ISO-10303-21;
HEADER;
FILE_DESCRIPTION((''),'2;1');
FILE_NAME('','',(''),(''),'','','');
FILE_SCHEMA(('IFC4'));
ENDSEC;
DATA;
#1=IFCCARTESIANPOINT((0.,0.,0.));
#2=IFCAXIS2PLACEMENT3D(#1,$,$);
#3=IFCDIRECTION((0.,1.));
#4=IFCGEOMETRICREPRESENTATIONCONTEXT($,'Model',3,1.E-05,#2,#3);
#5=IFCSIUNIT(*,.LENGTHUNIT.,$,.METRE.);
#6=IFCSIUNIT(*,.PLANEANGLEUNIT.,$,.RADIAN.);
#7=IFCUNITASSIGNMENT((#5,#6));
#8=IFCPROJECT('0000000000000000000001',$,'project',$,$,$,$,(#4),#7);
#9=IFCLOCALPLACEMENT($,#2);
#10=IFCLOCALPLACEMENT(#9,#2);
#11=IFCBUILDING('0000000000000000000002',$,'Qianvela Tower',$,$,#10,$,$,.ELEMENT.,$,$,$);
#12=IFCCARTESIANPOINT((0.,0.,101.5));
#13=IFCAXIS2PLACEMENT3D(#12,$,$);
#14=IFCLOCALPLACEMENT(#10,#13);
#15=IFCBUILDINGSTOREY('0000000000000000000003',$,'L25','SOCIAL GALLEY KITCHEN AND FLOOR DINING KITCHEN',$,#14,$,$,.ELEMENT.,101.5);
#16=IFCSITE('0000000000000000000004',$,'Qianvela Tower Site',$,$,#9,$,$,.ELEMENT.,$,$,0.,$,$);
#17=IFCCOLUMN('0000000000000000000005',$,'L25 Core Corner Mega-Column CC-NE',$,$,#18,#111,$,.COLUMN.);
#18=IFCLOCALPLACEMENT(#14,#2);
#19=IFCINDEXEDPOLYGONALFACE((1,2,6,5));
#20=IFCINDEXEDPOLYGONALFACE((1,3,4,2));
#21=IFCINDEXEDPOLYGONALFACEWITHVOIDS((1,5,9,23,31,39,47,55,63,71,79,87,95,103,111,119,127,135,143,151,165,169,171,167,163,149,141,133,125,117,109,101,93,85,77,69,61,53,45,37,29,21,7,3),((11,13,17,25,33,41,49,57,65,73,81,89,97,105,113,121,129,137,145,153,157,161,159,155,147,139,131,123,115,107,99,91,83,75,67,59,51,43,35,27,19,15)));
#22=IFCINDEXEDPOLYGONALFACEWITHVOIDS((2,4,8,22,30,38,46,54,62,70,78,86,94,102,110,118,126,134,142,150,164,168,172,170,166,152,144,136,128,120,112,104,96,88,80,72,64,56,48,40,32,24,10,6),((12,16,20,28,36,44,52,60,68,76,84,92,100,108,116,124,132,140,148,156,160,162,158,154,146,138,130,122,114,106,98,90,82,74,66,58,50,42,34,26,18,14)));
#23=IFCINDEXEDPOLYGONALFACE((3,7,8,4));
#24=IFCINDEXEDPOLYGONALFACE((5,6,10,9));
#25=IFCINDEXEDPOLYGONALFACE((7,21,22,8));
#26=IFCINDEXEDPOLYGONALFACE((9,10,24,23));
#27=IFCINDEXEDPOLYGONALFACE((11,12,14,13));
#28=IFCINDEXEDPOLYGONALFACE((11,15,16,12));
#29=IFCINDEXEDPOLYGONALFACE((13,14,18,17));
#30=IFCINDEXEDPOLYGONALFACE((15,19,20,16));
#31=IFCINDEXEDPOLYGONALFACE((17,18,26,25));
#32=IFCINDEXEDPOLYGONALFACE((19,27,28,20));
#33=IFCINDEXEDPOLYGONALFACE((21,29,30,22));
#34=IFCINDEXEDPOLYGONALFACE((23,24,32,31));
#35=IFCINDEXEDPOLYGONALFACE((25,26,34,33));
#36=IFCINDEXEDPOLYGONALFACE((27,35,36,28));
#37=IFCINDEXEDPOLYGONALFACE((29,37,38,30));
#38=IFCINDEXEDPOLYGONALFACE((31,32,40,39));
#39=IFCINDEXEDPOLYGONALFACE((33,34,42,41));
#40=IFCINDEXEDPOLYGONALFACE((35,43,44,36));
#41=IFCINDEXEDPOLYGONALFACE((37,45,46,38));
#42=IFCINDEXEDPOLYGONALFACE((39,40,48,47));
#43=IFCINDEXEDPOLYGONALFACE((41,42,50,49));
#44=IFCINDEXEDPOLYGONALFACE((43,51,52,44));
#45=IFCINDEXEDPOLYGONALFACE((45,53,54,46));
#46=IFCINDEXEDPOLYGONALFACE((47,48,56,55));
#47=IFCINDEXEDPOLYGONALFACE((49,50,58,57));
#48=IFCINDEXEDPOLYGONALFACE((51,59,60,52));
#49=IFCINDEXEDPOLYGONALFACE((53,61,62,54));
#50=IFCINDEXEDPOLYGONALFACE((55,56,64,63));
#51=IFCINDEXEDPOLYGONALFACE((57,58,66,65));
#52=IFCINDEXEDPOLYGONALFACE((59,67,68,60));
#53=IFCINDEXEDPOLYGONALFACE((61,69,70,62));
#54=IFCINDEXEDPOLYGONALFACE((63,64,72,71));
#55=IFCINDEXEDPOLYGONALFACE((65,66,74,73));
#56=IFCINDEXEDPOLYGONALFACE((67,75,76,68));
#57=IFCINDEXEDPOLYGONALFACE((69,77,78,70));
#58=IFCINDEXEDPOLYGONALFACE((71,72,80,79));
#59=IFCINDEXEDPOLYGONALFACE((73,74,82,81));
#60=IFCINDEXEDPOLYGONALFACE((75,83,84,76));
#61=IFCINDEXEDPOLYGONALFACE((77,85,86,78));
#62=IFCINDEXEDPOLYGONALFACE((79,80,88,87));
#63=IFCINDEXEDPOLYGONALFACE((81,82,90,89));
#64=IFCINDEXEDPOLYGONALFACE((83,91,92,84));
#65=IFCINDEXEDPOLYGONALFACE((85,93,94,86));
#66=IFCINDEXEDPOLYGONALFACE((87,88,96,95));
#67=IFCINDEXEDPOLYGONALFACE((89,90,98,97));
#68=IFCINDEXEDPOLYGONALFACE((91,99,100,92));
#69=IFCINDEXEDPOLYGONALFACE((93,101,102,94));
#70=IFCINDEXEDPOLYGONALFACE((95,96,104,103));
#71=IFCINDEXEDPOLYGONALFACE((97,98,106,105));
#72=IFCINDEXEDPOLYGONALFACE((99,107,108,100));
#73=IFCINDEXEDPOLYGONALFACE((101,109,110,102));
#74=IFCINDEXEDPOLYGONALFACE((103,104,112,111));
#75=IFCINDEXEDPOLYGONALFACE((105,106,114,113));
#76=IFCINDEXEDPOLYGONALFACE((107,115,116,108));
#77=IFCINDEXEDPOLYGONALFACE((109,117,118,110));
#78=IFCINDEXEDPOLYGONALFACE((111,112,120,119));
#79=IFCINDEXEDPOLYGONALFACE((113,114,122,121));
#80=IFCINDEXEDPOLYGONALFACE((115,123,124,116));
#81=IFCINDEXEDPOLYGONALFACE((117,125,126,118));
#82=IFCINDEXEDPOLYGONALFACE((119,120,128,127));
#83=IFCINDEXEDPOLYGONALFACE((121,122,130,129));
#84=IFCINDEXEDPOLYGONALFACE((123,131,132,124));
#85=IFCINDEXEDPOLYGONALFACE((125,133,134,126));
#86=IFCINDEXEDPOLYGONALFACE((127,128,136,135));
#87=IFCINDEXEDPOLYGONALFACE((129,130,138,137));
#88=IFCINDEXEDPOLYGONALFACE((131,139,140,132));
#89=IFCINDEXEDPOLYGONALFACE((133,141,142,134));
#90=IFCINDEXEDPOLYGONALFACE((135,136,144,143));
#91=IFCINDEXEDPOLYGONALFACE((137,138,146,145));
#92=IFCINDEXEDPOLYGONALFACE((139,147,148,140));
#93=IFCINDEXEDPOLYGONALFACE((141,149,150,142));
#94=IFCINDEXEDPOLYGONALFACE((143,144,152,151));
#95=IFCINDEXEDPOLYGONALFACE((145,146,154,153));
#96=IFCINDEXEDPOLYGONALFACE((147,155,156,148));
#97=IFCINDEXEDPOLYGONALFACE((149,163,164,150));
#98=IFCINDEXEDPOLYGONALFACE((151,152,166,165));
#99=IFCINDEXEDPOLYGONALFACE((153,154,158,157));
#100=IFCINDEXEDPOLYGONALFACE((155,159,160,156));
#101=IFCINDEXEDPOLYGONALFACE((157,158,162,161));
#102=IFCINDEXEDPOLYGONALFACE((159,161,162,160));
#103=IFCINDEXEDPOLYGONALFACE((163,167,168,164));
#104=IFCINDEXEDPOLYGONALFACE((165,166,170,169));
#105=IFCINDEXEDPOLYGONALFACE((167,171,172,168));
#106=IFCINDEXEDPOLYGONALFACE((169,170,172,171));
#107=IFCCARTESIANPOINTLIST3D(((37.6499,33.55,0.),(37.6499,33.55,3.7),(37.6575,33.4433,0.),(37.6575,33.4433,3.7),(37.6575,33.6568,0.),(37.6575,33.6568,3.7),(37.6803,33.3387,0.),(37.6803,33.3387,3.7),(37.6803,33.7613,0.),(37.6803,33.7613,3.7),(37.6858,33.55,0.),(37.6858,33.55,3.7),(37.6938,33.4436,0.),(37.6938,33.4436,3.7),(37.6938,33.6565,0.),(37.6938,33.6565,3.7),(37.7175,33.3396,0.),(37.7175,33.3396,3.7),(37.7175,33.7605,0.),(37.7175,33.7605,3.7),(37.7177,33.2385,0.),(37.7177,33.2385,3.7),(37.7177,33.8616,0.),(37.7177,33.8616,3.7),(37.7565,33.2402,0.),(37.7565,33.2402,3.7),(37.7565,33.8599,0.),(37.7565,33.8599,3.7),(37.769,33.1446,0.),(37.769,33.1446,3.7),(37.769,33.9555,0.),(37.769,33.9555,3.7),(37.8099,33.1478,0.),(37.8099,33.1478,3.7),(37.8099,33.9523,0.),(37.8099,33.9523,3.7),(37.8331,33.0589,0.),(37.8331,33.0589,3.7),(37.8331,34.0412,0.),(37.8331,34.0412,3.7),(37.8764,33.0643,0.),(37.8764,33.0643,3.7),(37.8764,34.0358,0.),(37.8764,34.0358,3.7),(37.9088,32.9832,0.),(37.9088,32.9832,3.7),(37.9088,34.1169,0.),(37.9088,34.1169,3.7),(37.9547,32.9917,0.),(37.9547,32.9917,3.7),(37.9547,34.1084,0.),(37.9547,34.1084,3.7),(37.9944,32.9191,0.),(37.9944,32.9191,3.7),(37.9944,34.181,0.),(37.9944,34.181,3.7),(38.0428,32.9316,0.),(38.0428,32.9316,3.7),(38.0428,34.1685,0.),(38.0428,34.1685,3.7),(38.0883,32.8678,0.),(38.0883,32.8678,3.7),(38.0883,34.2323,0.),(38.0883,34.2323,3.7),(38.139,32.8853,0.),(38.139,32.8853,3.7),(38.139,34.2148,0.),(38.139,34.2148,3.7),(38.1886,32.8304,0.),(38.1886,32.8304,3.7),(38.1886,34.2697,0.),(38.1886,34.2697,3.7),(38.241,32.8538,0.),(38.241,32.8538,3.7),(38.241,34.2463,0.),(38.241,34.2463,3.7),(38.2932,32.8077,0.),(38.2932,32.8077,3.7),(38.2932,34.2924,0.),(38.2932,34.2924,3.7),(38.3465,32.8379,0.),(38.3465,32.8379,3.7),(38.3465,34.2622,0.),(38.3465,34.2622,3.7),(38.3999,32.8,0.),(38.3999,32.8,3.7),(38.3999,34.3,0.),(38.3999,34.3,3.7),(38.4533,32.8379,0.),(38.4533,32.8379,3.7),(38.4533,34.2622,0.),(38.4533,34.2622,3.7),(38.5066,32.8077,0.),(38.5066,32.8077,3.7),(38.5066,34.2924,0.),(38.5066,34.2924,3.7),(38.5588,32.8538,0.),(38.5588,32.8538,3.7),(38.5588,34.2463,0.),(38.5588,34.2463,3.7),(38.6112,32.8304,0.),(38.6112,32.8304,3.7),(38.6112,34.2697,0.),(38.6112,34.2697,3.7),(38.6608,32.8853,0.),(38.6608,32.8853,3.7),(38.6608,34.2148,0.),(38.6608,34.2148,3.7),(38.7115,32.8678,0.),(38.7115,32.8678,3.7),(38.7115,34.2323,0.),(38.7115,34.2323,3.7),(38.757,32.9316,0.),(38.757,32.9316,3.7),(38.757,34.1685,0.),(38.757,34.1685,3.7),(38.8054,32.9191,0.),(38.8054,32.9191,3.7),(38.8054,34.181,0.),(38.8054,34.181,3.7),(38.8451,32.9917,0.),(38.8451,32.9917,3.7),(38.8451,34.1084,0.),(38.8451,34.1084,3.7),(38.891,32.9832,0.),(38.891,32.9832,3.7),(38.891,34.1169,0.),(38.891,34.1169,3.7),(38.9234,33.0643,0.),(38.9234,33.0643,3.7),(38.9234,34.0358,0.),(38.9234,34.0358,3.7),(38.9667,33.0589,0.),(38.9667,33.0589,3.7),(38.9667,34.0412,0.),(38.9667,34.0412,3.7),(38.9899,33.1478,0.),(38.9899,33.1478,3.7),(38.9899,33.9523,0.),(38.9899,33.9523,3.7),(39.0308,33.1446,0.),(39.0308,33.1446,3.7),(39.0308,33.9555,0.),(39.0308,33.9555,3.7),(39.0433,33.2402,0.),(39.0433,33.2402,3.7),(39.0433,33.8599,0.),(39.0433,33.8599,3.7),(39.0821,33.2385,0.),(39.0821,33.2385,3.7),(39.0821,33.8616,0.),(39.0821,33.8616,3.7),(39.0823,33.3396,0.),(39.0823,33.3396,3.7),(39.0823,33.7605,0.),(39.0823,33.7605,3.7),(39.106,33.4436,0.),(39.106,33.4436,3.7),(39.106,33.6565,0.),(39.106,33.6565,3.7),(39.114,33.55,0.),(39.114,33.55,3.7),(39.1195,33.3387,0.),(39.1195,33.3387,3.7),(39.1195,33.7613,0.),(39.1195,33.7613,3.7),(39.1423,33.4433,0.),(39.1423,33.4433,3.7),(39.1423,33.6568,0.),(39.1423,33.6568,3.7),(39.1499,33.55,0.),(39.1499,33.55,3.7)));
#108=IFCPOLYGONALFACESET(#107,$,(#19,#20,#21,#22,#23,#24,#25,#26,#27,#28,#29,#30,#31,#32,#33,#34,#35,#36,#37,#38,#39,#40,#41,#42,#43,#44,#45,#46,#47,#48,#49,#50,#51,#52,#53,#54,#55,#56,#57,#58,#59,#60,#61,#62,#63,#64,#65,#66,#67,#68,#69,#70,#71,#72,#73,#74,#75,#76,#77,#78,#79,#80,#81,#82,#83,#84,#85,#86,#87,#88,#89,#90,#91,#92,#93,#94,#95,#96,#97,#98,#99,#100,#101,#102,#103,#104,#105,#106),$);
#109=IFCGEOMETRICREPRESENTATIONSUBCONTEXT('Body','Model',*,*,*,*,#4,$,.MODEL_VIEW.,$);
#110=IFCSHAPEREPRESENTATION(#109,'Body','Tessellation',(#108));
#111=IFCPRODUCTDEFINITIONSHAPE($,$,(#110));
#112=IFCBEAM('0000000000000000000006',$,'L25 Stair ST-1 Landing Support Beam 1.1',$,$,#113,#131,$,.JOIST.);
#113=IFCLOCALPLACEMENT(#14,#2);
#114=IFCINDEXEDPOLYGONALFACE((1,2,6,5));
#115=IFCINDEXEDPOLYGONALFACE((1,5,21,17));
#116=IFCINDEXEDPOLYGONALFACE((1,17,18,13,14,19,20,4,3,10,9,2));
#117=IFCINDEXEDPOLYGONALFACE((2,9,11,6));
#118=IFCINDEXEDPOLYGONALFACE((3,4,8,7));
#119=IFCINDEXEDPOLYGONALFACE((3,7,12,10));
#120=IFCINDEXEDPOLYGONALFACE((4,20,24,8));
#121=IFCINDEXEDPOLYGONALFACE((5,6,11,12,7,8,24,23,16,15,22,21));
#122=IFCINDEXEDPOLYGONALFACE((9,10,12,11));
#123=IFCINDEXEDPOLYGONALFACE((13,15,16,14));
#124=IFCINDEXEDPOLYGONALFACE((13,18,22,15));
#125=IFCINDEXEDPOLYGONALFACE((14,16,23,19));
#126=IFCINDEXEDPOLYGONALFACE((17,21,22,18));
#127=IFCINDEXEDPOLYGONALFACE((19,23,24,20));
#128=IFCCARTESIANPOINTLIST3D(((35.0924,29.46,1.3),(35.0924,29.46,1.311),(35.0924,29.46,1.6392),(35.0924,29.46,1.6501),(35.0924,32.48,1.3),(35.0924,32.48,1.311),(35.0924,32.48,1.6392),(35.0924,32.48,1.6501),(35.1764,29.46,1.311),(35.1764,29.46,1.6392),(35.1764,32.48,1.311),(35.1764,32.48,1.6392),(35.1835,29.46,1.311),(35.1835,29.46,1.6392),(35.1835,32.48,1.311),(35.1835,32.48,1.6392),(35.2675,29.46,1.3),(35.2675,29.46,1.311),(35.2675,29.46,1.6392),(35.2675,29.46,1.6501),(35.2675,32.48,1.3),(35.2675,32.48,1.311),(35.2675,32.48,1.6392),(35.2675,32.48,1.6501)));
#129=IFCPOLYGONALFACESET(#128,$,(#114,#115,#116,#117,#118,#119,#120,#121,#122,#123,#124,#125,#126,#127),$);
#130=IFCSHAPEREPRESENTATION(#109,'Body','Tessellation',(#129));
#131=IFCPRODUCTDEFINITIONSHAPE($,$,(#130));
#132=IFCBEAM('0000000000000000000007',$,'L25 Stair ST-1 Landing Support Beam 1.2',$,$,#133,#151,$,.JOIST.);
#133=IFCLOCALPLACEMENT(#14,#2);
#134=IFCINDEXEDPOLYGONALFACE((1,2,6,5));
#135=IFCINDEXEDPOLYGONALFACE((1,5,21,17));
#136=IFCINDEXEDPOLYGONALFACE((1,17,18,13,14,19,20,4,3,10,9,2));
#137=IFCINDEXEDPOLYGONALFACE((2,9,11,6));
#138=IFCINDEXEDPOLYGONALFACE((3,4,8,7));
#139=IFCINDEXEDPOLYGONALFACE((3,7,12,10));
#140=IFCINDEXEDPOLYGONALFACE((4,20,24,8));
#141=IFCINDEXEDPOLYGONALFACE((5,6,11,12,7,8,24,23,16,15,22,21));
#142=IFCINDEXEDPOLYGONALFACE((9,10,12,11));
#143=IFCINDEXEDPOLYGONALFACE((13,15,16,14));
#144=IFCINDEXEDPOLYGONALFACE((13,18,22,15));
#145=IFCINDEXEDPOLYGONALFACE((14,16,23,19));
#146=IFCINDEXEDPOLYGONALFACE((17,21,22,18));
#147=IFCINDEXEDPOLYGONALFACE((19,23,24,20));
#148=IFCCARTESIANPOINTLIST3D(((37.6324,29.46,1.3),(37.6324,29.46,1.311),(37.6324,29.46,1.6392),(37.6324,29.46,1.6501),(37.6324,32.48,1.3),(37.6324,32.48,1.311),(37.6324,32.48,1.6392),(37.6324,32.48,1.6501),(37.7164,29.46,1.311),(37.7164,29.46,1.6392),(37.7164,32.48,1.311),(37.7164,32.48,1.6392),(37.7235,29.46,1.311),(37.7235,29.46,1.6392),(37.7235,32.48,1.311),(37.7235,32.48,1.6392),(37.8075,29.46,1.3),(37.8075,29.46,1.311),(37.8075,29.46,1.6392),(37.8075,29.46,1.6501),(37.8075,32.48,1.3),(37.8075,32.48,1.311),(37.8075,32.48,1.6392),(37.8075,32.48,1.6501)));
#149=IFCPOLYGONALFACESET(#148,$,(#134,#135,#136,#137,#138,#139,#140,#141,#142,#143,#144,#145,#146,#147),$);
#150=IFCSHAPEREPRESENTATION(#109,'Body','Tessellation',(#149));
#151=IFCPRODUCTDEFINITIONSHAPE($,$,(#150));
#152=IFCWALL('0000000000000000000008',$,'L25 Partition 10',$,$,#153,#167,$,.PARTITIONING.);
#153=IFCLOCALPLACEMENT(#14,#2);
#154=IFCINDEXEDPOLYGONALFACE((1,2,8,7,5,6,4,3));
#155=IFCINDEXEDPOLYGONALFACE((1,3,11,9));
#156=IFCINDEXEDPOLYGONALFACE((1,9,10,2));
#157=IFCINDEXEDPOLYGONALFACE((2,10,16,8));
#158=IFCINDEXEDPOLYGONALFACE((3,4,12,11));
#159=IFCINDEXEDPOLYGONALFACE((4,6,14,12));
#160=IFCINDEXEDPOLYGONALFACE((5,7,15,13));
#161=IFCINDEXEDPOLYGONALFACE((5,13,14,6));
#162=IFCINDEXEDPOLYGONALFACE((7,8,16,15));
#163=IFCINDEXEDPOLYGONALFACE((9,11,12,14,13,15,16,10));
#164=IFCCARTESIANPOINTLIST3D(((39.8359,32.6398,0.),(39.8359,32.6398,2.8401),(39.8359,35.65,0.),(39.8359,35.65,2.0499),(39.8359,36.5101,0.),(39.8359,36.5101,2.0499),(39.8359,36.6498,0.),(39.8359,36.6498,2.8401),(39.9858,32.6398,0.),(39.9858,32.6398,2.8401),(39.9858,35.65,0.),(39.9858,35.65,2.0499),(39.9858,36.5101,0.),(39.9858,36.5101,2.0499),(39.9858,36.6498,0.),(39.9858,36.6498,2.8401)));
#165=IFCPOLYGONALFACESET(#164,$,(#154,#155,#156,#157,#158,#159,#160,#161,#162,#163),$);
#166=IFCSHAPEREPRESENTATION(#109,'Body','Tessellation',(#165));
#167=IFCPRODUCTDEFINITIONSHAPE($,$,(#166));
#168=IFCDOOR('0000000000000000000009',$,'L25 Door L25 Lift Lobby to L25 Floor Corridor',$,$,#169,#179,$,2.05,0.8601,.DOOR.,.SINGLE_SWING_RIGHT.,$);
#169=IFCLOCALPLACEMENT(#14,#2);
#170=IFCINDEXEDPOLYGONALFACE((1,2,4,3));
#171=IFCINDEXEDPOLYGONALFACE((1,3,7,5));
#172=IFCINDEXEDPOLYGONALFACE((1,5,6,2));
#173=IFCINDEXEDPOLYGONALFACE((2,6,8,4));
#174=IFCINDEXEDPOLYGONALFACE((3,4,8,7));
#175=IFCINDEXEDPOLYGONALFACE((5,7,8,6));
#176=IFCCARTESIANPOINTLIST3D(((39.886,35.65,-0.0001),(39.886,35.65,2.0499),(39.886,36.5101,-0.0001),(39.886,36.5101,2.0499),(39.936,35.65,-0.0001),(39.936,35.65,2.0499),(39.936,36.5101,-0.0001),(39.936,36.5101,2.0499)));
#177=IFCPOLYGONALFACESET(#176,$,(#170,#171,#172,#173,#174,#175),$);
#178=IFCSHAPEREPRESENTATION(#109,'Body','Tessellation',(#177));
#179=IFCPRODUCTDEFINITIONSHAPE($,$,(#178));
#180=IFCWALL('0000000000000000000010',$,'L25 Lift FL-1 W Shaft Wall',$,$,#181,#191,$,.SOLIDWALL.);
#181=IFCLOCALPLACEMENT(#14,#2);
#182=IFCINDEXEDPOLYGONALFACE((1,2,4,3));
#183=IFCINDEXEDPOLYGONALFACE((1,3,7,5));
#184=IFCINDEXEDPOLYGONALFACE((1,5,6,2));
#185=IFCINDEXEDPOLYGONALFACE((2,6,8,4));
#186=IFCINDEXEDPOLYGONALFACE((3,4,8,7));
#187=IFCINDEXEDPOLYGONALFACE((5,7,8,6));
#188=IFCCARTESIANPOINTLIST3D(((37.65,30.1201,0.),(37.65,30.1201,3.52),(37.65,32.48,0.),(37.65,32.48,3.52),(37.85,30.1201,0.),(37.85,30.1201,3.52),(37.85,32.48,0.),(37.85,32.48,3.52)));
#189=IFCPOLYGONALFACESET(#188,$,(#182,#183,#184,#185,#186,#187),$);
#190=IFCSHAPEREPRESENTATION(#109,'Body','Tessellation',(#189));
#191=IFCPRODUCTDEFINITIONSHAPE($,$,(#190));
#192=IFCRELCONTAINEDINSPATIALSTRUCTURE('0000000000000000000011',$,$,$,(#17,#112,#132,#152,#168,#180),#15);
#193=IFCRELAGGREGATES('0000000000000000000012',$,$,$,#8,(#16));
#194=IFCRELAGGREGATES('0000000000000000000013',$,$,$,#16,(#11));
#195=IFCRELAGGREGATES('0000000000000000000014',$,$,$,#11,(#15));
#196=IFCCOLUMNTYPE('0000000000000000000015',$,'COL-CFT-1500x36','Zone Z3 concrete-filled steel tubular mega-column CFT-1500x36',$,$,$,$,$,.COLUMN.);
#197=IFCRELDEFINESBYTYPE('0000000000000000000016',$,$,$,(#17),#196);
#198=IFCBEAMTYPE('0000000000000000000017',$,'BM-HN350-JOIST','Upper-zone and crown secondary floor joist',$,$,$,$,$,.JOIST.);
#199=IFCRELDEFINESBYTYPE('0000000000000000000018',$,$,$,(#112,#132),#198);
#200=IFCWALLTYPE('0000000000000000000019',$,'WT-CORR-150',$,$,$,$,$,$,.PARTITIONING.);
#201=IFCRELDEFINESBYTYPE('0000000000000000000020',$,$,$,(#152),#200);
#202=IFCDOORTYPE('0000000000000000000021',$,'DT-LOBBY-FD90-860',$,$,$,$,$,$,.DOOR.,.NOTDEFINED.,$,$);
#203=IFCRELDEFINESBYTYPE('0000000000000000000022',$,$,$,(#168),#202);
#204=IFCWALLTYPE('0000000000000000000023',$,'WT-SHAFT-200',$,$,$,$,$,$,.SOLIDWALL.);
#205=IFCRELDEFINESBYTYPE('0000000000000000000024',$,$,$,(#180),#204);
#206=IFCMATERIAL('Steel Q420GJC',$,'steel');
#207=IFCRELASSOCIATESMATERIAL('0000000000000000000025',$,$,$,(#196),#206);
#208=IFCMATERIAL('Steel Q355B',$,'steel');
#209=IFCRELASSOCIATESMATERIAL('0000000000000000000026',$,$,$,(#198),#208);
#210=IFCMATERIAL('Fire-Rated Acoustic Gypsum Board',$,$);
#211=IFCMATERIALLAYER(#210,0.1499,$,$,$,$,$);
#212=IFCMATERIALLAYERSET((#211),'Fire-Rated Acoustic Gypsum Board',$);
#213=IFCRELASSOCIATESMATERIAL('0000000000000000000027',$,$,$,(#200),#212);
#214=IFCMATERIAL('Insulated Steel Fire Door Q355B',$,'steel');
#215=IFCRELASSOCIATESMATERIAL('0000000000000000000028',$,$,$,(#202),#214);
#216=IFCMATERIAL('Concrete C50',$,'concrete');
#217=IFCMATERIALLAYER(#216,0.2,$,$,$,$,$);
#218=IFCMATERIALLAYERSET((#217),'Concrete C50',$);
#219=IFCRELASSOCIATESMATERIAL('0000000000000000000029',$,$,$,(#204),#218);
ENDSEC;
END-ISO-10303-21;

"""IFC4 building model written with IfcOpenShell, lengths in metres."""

from ifc_helpers import new_model, si_unit, direction, frame, frame_2d, origin, origin_2d, place, context, subcontext, project, spatial, rectangle, hollow_circle, i_section, extrude, material, layer, layer_set, material_profile, profile_set, type_object, element, fill, save


model = new_model("IFC4")

# Units and contexts
model_context = context("Model", 3, precision=1e-05, world=origin(), true_north=direction((0.0, 1.0)))
body_context = subcontext(model_context, "Body", "Model", "MODEL_VIEW")
ifc_project = project(units=[si_unit("LENGTHUNIT", "METRE"), si_unit("PLANEANGLEUNIT", "RADIAN")], contexts=[model_context])

# Site, building, storey
site_placement = place(None, origin())
site = spatial("IfcSite", under=ifc_project, at=site_placement, Name="Qianvela Tower Site", CompositionType="ELEMENT", RefElevation=0.0)
building_placement = place(site_placement, origin())
building = spatial("IfcBuilding", under=site, at=building_placement, Name="Qianvela Tower", CompositionType="ELEMENT")
storey_placement = place(building_placement, frame((0.0, 0.0, 101.5)))
storey = spatial("IfcBuildingStorey", under=building, at=storey_placement, Name="L25", Description="SOCIAL GALLEY KITCHEN AND FLOOR DINING KITCHEN", CompositionType="ELEMENT", Elevation=101.5)

# Column
ifc_material_1 = material(Name="Steel Q420GJC", Category="steel")
ifc_material_profile_1 = material_profile(ifc_material_1, hollow_circle(Radius=0.75, WallThickness=0.0359, at=origin_2d()), Name="CFT-1500x36")
ifc_profile_set_1 = profile_set([ifc_material_profile_1], Name="Steel Q420GJC")
column_type = type_object("IfcColumnType", Name="COL-CFT-1500x36", Description="Zone Z3 concrete-filled steel tubular mega-column CFT-1500x36", PredefinedType="COLUMN", material=ifc_profile_set_1)
column_placement = place(storey_placement, frame((38.3999, 33.55, 0.0), z_axis=(0.0, 0.0, 1.0), x_axis=(1.0, 0.0, 0.0)))
element("IfcColumn", 1, at=column_placement, inside=storey, type_object=column_type, Name="L25 Core Corner Mega-Column CC-NE", PredefinedType="COLUMN", context=body_context, shape_type="SweptSolid", body=[
    extrude(hollow_circle(Radius=0.75, WallThickness=0.0359, at=origin_2d()), origin(), (0.0, 0.0, 1.0), 3.7),
])

# Beams
ifc_material_2 = material(Name="Steel Q355B", Category="steel")
ifc_material_profile_2 = material_profile(ifc_material_2, i_section(OverallWidth=0.175, OverallDepth=0.3501, WebThickness=0.0071, FlangeThickness=0.011, at=origin_2d()), Name="HN350x175x7x11")
ifc_profile_set_2 = profile_set([ifc_material_profile_2], Name="Steel Q355B")
beam_type = type_object("IfcBeamType", Name="BM-HN350-JOIST", Description="Upper-zone and crown secondary floor joist", PredefinedType="JOIST", material=ifc_profile_set_2)
for number, where, z_axis, x_axis, name in (
    (2, (35.1799, 29.46, 1.4751), (0.0, 1.0, 0.0), (-1.0, 0.0, 0.0), "L25 Stair ST-1 Landing Support Beam 1.1"),
    (3, (37.72, 29.46, 1.4751), (0.0, 1.0, 0.0), (-1.0, 0.0, 0.0), "L25 Stair ST-1 Landing Support Beam 1.2"),
):
    element("IfcBeam", number, at=place(storey_placement, frame(where, z_axis=z_axis, x_axis=x_axis)), inside=storey, type_object=beam_type, Name=name, PredefinedType="JOIST", context=body_context, shape_type="SweptSolid", body=[
        extrude(i_section(OverallWidth=0.175, OverallDepth=0.3501, WebThickness=0.0071, FlangeThickness=0.011, at=origin_2d()), origin(), (0.0, 0.0, 1.0), 3.02),
    ])

# Wall, opening, door
ifc_material_3 = material(Name="Fire-Rated Acoustic Gypsum Board")
ifc_layer_1 = layer(ifc_material_3, 0.1499)
ifc_layer_set_1 = layer_set([ifc_layer_1], Name="Fire-Rated Acoustic Gypsum Board")
wall_type_1 = type_object("IfcWallType", Name="WT-CORR-150", PredefinedType="PARTITIONING", material=ifc_layer_set_1)
wall_1_placement = place(storey_placement, frame((39.9109, 32.6399, 0.0), z_axis=(0.0, 0.0, 1.0), x_axis=(0.0, 1.0, 0.0)))
wall_1 = element("IfcWall", 4, at=wall_1_placement, inside=storey, type_object=wall_type_1, Name="L25 Partition 10", PredefinedType="PARTITIONING", context=body_context, shape_type="SweptSolid", body=[
    extrude(rectangle(XDim=4.01, YDim=0.1499, at=frame_2d((2.0049, 0.0))), origin(), (0.0, 0.0, 1.0), 2.8401),
])
opening_1_placement = place(wall_1_placement, frame((3.01, 0.0, 0.0)))
opening_1 = element("IfcOpeningElement", 5, at=opening_1_placement, cuts=wall_1, PredefinedType="OPENING", context=body_context, shape_type="SweptSolid", body=[
    extrude(rectangle(XDim=0.8601, YDim=2.05, at=frame_2d((0.4302, 1.0249))), frame((0.0, 0.085, 0.0), z_axis=(0.0, -1.0, 0.0), x_axis=(1.0, 0.0, 0.0)), (0.0, 0.0, 1.0), 0.1699),
])
ifc_material_4 = material(Name="Insulated Steel Fire Door Q355B", Category="steel")
door_type_1 = type_object("IfcDoorType", Name="DT-LOBBY-FD90-860", OperationType="NOTDEFINED", PredefinedType="DOOR", material=ifc_material_4)
door_1_placement = place(opening_1_placement, origin())
door_1 = element("IfcDoor", 6, at=door_1_placement, inside=storey, type_object=door_type_1, Name="L25 Door L25 Lift Lobby to L25 Floor Corridor", OperationType="SINGLE_SWING_RIGHT", OverallHeight=2.05, OverallWidth=0.8601, PredefinedType="DOOR", context=body_context, shape_type="SweptSolid", body=[
    extrude(rectangle(XDim=0.8601, YDim=2.05, at=frame_2d((0.4302, 1.0249))), frame((0.0, 0.0249, 0.0), z_axis=(0.0, -1.0, 0.0), x_axis=(1.0, 0.0, 0.0)), (0.0, 0.0, 1.0), 0.05),
])
fill(opening_1, door_1)
ifc_material_5 = material(Name="Concrete C50", Category="concrete")
ifc_layer_2 = layer(ifc_material_5, 0.2)
ifc_layer_set_2 = layer_set([ifc_layer_2], Name="Concrete C50")
wall_type_2 = type_object("IfcWallType", Name="WT-SHAFT-200", PredefinedType="SOLIDWALL", material=ifc_layer_set_2)

# Wall
wall_2_placement = place(storey_placement, frame((37.75, 30.1201, 0.0), z_axis=(0.0, 0.0, 1.0), x_axis=(0.0, 1.0, 0.0)))
element("IfcWall", 7, at=wall_2_placement, inside=storey, type_object=wall_type_2, Name="L25 Lift FL-1 W Shaft Wall", PredefinedType="SOLIDWALL", context=body_context, shape_type="SweptSolid", body=[
    extrude(rectangle(XDim=2.3599, YDim=0.2, at=frame_2d((1.1799, 0.0))), origin(), (0.0, 0.0, 1.0), 3.52),
])

save(model, "model.ifc")
